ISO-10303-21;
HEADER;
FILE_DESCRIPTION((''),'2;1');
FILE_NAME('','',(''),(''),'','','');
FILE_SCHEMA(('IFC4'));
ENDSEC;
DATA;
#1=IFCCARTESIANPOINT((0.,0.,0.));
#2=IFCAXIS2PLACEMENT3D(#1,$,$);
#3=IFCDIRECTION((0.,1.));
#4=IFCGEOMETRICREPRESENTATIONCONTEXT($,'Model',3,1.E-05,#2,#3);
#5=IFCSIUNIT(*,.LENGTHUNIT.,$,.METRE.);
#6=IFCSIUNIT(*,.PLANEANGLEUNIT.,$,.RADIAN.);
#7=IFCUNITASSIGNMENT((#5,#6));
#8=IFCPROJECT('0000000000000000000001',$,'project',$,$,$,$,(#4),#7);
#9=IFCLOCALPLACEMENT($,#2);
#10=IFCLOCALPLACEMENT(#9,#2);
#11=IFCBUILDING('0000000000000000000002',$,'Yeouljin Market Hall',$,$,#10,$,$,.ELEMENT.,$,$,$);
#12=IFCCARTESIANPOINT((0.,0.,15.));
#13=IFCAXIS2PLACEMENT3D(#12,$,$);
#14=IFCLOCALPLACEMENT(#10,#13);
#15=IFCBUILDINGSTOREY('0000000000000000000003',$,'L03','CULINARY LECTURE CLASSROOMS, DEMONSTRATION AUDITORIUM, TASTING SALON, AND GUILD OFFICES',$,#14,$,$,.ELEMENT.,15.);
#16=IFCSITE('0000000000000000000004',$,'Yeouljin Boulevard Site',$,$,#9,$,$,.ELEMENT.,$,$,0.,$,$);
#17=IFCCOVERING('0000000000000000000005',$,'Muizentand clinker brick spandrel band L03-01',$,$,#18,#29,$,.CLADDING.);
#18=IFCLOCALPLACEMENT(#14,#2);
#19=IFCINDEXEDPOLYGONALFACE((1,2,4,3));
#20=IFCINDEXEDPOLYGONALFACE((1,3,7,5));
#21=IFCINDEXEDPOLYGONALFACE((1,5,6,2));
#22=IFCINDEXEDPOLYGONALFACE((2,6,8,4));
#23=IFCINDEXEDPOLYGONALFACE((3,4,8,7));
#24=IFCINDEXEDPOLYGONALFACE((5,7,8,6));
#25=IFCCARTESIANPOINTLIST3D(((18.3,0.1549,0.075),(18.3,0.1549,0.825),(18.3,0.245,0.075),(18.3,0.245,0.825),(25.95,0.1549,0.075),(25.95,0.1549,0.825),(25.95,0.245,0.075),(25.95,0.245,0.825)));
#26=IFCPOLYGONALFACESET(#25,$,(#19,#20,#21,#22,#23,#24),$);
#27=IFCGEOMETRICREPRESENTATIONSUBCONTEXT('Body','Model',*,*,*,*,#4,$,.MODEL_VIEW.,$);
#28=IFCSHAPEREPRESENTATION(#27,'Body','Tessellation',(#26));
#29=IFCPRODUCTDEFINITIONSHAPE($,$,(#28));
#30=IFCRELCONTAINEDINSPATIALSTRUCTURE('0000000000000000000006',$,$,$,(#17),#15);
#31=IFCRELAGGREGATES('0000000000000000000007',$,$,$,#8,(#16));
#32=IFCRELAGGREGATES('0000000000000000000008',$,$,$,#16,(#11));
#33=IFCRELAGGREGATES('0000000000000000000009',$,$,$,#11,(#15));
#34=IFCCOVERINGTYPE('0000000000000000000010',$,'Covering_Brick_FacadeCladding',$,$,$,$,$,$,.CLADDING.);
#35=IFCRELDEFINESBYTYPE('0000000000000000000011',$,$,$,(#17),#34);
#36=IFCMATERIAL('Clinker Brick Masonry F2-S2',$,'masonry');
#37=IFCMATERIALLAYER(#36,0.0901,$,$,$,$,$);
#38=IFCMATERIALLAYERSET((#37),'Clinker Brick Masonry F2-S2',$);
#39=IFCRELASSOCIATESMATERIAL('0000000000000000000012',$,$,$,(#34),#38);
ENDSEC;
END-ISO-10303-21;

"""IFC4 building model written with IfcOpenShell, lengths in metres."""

from ifc_helpers import new_model, si_unit, direction, frame, origin, origin_2d, place, context, subcontext, project, spatial, rectangle, extrude, material, layer, layer_set, type_object, element, save


model = new_model("IFC4")

# Units and contexts
model_context = context("Model", 3, precision=1e-05, world=origin(), true_north=direction((0.0, 1.0)))
body_context = subcontext(model_context, "Body", "Model", "MODEL_VIEW")
ifc_project = project(units=[si_unit("LENGTHUNIT", "METRE"), si_unit("PLANEANGLEUNIT", "RADIAN")], contexts=[model_context])

# Site, building, storey
site_placement = place(None, origin())
site = spatial("IfcSite", under=ifc_project, at=site_placement, Name="Yeouljin Boulevard Site", CompositionType="ELEMENT", RefElevation=0.0)
building_placement = place(site_placement, origin())
building = spatial("IfcBuilding", under=site, at=building_placement, Name="Yeouljin Market Hall", CompositionType="ELEMENT")
storey_placement = place(building_placement, frame((0.0, 0.0, 15.0)))
storey = spatial("IfcBuildingStorey", under=building, at=storey_placement, Name="L03", Description="CULINARY LECTURE CLASSROOMS, DEMONSTRATION AUDITORIUM, TASTING SALON, AND GUILD OFFICES", CompositionType="ELEMENT", Elevation=15.0)

# Covering
ifc_material_1 = material(Name="Clinker Brick Masonry F2-S2", Category="masonry")
ifc_layer_1 = layer(ifc_material_1, 0.0901)
ifc_layer_set_1 = layer_set([ifc_layer_1], Name="Clinker Brick Masonry F2-S2")
covering_type = type_object("IfcCoveringType", Name="Covering_Brick_FacadeCladding", PredefinedType="CLADDING", material=ifc_layer_set_1)
covering_placement = place(storey_placement, frame((22.125, 0.2, 0.075), z_axis=(0.0, 0.0, 1.0), x_axis=(-1.0, 0.0, 0.0)))
element("IfcCovering", 1, at=covering_placement, inside=storey, type_object=covering_type, Name="Muizentand clinker brick spandrel band L03-01", PredefinedType="CLADDING", context=body_context, shape_type="SweptSolid", body=[
    extrude(rectangle(XDim=7.6499, YDim=0.0901, at=origin_2d()), origin(), (0.0, 0.0, 1.0), 0.75),
])

save(model, "model.ifc")
